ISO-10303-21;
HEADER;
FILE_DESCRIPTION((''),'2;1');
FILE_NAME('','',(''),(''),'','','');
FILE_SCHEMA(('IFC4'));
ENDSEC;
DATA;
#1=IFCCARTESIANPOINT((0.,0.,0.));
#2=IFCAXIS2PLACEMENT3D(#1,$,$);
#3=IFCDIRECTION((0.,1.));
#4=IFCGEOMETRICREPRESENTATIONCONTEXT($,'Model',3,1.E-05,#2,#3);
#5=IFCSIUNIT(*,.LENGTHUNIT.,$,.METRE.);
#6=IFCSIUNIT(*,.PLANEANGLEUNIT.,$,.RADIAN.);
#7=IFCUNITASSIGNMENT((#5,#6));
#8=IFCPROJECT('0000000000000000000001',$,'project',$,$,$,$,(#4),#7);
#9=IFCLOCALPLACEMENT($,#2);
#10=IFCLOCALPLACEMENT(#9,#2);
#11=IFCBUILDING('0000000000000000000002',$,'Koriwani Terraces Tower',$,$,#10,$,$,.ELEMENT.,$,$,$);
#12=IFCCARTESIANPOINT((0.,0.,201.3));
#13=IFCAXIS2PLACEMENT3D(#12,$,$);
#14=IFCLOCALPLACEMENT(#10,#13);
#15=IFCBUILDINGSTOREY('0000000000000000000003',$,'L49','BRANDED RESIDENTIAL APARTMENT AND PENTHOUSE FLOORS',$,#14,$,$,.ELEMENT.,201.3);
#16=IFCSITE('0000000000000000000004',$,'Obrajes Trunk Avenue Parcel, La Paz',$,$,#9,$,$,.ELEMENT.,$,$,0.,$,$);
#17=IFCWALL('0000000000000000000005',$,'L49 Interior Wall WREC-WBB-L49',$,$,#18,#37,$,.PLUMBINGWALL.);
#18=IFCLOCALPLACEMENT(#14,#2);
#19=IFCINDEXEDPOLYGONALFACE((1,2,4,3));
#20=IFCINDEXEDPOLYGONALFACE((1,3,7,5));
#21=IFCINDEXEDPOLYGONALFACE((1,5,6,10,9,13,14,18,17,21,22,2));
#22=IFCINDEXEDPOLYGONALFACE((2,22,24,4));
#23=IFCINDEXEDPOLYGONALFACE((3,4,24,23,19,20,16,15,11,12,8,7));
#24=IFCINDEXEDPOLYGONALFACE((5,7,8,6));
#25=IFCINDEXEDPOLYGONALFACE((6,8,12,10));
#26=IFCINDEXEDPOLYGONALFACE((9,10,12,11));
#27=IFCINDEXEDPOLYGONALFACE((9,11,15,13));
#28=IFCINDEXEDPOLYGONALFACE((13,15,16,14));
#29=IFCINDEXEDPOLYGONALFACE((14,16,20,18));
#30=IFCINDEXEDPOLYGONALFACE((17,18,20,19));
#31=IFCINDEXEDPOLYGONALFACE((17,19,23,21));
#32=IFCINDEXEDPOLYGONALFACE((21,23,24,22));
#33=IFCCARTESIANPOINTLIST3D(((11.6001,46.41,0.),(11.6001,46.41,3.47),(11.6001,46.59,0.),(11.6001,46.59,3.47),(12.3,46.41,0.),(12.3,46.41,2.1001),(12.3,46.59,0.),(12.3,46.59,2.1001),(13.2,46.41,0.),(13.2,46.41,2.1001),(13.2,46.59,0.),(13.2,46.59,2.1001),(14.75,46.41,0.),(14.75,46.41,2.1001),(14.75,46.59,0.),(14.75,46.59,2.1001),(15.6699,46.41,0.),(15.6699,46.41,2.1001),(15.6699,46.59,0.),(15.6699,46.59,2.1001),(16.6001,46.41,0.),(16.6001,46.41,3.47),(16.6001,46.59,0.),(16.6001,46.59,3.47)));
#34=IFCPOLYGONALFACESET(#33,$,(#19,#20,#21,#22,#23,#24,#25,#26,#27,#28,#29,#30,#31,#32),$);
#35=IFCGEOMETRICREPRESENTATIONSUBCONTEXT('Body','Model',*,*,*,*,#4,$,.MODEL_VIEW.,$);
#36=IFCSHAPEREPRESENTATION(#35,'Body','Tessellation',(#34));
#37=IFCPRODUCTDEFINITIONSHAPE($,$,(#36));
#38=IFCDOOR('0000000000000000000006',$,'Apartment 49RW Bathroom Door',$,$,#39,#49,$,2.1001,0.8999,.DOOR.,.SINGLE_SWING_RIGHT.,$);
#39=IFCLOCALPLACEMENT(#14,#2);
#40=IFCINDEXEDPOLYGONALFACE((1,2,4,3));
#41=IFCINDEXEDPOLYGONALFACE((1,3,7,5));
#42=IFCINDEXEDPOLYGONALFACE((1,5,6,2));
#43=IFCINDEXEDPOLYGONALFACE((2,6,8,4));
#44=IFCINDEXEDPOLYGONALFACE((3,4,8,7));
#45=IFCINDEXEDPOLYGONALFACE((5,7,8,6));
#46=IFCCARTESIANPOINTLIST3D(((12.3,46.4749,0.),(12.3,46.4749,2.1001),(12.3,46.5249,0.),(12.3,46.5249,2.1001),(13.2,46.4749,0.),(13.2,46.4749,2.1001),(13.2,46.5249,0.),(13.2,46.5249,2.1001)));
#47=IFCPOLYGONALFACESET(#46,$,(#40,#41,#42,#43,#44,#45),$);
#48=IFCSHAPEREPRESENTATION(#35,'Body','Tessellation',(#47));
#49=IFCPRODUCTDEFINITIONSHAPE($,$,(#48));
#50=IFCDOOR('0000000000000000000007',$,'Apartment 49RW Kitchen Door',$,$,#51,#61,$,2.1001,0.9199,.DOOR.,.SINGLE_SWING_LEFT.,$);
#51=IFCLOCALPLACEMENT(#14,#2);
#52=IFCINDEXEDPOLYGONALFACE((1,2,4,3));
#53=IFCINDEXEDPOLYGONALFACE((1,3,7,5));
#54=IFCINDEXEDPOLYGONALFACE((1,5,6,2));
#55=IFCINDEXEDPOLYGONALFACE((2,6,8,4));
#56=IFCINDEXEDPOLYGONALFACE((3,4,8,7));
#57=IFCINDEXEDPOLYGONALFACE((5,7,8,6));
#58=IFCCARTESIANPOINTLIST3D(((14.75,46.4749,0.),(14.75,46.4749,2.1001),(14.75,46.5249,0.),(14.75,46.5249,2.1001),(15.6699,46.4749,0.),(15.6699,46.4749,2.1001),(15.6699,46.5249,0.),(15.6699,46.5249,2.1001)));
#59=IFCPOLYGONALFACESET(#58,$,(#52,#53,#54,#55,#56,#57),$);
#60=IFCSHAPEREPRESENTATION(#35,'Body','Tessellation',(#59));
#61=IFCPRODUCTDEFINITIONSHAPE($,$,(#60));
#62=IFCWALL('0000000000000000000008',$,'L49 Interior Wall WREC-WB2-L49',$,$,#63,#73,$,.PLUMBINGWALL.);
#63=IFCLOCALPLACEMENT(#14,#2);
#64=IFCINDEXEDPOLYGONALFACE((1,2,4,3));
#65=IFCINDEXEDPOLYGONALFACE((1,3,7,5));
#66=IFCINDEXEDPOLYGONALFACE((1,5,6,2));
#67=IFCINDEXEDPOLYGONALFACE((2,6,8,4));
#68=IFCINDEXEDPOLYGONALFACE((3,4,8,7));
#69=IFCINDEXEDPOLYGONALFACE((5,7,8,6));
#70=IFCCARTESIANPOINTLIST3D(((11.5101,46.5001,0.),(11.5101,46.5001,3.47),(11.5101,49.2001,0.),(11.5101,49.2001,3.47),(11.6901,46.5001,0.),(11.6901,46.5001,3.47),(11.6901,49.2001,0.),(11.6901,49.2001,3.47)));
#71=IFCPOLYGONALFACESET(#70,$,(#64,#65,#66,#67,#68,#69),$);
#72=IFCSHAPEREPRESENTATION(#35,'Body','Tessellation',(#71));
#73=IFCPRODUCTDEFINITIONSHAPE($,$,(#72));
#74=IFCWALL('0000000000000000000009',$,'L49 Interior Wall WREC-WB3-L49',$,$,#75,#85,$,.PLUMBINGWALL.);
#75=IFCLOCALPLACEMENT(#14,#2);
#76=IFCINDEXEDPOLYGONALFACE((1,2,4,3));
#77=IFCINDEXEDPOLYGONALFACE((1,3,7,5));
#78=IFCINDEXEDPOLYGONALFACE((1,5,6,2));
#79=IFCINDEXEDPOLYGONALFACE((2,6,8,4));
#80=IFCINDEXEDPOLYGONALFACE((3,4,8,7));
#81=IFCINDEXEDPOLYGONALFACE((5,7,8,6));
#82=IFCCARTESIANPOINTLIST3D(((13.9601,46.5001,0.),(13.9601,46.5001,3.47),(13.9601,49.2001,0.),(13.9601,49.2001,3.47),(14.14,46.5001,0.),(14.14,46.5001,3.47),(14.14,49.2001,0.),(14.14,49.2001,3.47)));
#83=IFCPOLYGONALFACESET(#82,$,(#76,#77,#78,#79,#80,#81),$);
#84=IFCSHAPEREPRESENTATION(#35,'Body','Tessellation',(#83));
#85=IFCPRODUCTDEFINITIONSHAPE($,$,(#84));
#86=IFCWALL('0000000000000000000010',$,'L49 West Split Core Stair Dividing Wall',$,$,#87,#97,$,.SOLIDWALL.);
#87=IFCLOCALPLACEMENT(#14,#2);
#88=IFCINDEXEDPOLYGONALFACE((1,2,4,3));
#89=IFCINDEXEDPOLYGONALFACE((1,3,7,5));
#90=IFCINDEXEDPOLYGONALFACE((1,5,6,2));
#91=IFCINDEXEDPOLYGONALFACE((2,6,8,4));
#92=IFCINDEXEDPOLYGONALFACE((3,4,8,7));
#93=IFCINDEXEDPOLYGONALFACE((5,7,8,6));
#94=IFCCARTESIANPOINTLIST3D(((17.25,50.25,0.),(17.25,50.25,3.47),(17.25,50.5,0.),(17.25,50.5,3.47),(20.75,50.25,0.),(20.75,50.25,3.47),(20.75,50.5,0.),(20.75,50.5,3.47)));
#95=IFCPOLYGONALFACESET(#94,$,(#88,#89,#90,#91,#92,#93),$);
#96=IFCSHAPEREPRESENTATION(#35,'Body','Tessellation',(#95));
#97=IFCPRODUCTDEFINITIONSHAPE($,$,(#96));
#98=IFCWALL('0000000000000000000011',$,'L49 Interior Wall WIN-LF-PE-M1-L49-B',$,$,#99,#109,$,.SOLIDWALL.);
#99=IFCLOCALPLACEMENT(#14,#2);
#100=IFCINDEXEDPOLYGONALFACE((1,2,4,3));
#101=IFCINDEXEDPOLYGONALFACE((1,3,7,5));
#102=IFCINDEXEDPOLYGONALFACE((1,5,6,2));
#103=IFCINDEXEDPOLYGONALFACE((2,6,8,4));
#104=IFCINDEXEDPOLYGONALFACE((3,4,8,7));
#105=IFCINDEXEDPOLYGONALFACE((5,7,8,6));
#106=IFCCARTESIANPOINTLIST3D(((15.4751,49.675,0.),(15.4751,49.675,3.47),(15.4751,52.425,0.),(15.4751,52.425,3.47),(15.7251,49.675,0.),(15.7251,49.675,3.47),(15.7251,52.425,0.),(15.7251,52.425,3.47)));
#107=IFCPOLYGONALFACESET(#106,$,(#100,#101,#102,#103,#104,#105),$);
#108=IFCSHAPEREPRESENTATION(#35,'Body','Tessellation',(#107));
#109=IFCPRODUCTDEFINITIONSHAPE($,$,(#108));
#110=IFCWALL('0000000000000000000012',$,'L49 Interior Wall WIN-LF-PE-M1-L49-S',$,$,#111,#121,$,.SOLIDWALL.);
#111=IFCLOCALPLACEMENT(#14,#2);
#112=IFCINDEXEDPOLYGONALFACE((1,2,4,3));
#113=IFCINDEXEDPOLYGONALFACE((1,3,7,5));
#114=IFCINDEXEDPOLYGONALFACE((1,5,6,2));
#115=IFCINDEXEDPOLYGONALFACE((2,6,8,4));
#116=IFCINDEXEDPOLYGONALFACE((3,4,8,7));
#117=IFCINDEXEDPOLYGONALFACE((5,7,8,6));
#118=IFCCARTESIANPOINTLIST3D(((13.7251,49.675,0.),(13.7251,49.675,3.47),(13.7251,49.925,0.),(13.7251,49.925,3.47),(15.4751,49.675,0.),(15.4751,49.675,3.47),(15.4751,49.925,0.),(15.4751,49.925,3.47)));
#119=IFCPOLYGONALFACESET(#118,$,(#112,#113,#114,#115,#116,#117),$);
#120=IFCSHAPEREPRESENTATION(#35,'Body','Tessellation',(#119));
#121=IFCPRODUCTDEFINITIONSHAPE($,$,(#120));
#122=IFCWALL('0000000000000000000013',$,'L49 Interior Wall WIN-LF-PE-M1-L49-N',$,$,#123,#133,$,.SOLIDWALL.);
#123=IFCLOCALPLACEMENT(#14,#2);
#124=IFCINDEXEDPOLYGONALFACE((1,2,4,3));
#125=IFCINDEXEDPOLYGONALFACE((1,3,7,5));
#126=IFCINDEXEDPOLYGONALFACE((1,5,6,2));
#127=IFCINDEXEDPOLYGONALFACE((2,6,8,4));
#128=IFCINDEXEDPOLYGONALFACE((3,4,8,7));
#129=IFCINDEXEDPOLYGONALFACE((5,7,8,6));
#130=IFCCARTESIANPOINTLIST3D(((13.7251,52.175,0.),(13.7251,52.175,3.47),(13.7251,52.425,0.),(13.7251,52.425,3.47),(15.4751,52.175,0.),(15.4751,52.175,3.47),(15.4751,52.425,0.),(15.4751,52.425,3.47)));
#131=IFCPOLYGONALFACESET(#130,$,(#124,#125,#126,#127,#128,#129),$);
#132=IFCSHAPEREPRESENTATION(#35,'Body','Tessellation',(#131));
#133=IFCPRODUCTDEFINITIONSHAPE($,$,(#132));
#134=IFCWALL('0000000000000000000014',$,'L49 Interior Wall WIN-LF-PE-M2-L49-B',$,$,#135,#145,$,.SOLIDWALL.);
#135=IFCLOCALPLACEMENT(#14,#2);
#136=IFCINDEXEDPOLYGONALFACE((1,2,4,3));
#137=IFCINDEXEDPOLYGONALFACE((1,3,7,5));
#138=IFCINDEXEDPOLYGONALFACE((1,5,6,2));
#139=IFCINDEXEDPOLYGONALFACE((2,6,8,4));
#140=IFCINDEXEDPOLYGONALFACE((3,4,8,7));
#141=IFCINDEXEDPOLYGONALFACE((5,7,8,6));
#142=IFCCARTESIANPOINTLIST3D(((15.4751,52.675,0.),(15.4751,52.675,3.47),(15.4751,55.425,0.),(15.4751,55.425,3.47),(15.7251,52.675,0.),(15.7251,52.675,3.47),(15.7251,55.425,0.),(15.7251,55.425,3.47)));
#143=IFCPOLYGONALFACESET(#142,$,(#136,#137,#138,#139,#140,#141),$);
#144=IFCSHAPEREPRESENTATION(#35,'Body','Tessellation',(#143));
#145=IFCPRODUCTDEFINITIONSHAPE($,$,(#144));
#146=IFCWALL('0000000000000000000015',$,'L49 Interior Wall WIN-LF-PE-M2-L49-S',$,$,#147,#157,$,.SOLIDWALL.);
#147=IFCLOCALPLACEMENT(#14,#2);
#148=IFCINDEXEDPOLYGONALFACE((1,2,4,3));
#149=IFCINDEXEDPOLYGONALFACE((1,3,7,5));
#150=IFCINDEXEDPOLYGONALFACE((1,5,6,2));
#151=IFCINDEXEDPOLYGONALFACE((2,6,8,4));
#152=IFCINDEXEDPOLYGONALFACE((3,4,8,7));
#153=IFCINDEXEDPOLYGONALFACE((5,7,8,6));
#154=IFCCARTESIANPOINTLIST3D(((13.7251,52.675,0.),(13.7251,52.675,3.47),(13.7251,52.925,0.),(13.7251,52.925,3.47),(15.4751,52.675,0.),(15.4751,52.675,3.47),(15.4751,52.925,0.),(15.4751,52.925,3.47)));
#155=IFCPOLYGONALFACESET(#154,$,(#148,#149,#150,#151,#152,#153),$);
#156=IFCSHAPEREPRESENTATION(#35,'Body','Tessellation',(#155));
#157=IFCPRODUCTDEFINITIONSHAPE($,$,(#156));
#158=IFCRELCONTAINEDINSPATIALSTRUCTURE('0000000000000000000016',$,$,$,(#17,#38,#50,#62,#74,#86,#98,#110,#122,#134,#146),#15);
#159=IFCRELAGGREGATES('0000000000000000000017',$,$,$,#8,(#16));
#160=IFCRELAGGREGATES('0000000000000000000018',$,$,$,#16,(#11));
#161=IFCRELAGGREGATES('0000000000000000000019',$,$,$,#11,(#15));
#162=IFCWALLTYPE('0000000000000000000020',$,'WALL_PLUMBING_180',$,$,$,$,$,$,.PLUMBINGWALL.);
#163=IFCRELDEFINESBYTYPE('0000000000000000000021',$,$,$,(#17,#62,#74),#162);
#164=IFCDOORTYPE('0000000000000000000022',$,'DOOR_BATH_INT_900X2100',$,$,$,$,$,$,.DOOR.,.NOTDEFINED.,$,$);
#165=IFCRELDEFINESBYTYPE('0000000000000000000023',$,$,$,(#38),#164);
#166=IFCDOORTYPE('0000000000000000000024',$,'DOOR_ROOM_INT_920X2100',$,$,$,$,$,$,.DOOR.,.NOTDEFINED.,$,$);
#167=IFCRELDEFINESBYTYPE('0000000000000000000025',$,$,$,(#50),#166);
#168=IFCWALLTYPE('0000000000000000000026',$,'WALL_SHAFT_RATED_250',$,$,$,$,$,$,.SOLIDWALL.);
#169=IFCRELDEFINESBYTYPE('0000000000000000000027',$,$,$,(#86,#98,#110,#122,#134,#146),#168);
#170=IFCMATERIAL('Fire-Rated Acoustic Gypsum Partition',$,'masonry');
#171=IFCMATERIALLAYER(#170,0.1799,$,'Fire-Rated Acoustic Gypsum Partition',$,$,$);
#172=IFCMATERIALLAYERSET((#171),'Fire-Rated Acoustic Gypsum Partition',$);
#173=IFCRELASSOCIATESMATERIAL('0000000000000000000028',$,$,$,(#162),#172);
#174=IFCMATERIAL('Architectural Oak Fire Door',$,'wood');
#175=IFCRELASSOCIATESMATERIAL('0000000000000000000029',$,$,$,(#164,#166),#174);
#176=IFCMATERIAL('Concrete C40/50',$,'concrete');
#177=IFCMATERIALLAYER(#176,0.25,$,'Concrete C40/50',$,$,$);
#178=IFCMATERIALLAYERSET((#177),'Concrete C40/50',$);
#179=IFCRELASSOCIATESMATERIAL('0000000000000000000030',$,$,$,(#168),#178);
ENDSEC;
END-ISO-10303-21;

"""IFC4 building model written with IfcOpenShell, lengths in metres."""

from ifc_helpers import new_model, si_unit, direction, frame, frame_2d, origin, place, context, subcontext, project, spatial, rectangle, extrude, material, layer, layer_set, type_object, element, fill, save


model = new_model("IFC4")

# Units and contexts
model_context = context("Model", 3, precision=1e-05, world=origin(), true_north=direction((0.0, 1.0)))
body_context = subcontext(model_context, "Body", "Model", "MODEL_VIEW")
ifc_project = project(units=[si_unit("LENGTHUNIT", "METRE"), si_unit("PLANEANGLEUNIT", "RADIAN")], contexts=[model_context])

# Site, building, storey
site_placement = place(None, origin())
site = spatial("IfcSite", under=ifc_project, at=site_placement, Name="Obrajes Trunk Avenue Parcel, La Paz", CompositionType="ELEMENT", RefElevation=0.0)
building_placement = place(site_placement, origin())
building = spatial("IfcBuilding", under=site, at=building_placement, Name="Koriwani Terraces Tower", CompositionType="ELEMENT")
storey_placement = place(building_placement, frame((0.0, 0.0, 201.3)))
storey = spatial("IfcBuildingStorey", under=building, at=storey_placement, Name="L49", Description="BRANDED RESIDENTIAL APARTMENT AND PENTHOUSE FLOORS", CompositionType="ELEMENT", Elevation=201.3)

# Shared definitions
ifc_material_1 = material(Name="Concrete C40/50", Category="concrete")

# Wall, openings, doors
ifc_material_2 = material(Name="Fire-Rated Acoustic Gypsum Partition", Category="masonry")
ifc_layer_1 = layer(ifc_material_2, 0.1799, Name="Fire-Rated Acoustic Gypsum Partition")
ifc_layer_set_1 = layer_set([ifc_layer_1], Name="Fire-Rated Acoustic Gypsum Partition")
wall_type_1 = type_object("IfcWallType", Name="WALL_PLUMBING_180", PredefinedType="PLUMBINGWALL", material=ifc_layer_set_1)
wall_1_placement = place(storey_placement, frame((11.6001, 46.5, 0.0), z_axis=(0.0, 0.0, 1.0), x_axis=(1.0, 0.0, 0.0)))
wall_1 = element("IfcWall", 1, at=wall_1_placement, inside=storey, type_object=wall_type_1, Name="L49 Interior Wall WREC-WBB-L49", PredefinedType="PLUMBINGWALL", context=body_context, shape_type="SweptSolid", body=[
    extrude(rectangle(XDim=5.0, YDim=0.1799, at=frame_2d((2.5, 0.0))), origin(), (0.0, 0.0, 1.0), 3.47),
])
opening_1_placement = place(wall_1_placement, frame((0.7, 0.0, 0.0)))
opening_1 = element("IfcOpeningElement", 2, at=opening_1_placement, cuts=wall_1, PredefinedType="OPENING", context=body_context, shape_type="SweptSolid", body=[
    extrude(rectangle(XDim=0.8999, YDim=2.1001, at=frame_2d((0.45, 1.05))), frame((0.0, 0.1001, 0.0), z_axis=(0.0, -1.0, 0.0), x_axis=(1.0, 0.0, 0.0)), (0.0, 0.0, 1.0), 0.2),
])
opening_2_placement = place(wall_1_placement, frame((3.1499, 0.0, 0.0)))
opening_2 = element("IfcOpeningElement", 3, at=opening_2_placement, cuts=wall_1, PredefinedType="OPENING", context=body_context, shape_type="SweptSolid", body=[
    extrude(rectangle(XDim=0.9199, YDim=2.1001, at=frame_2d((0.46, 1.05))), frame((0.0, 0.1001, 0.0), z_axis=(0.0, -1.0, 0.0), x_axis=(1.0, 0.0, 0.0)), (0.0, 0.0, 1.0), 0.2),
])
ifc_material_3 = material(Name="Architectural Oak Fire Door", Category="wood")
door_type_1 = type_object("IfcDoorType", Name="DOOR_BATH_INT_900X2100", OperationType="NOTDEFINED", PredefinedType="DOOR", material=ifc_material_3)
door_1_placement = place(opening_1_placement, origin())
door_1 = element("IfcDoor", 4, at=door_1_placement, inside=storey, type_object=door_type_1, Name="Apartment 49RW Bathroom Door", OperationType="SINGLE_SWING_RIGHT", OverallHeight=2.1001, OverallWidth=0.8999, PredefinedType="DOOR", context=body_context, shape_type="SweptSolid", body=[
    extrude(rectangle(XDim=0.8999, YDim=2.1001, at=frame_2d((0.45, 1.05))), frame((0.0, 0.0249, 0.0), z_axis=(0.0, -1.0, 0.0), x_axis=(1.0, 0.0, 0.0)), (0.0, 0.0, 1.0), 0.05),
])
fill(opening_1, door_1)
door_type_2 = type_object("IfcDoorType", Name="DOOR_ROOM_INT_920X2100", OperationType="NOTDEFINED", PredefinedType="DOOR", material=ifc_material_3)
door_2_placement = place(opening_2_placement, origin())
door_2 = element("IfcDoor", 5, at=door_2_placement, inside=storey, type_object=door_type_2, Name="Apartment 49RW Kitchen Door", OperationType="SINGLE_SWING_LEFT", OverallHeight=2.1001, OverallWidth=0.9199, PredefinedType="DOOR", context=body_context, shape_type="SweptSolid", body=[
    extrude(rectangle(XDim=0.9199, YDim=2.1001, at=frame_2d((0.46, 1.05))), frame((0.0, 0.0249, 0.0), z_axis=(0.0, -1.0, 0.0), x_axis=(1.0, 0.0, 0.0)), (0.0, 0.0, 1.0), 0.05),
])
fill(opening_2, door_2)

# Walls
for number, where, z_axis, x_axis, name in (
    (6, (11.6001, 46.5, 0.0), (0.0, 0.0, 1.0), (0.0, 1.0, 0.0), "L49 Interior Wall WREC-WB2-L49"),
    (7, (14.05, 46.5, 0.0), (0.0, 0.0, 1.0), (0.0, 1.0, 0.0), "L49 Interior Wall WREC-WB3-L49"),
):
    element("IfcWall", number, at=place(storey_placement, frame(where, z_axis=z_axis, x_axis=x_axis)), inside=storey, type_object=wall_type_1, Name=name, PredefinedType="PLUMBINGWALL", context=body_context, shape_type="SweptSolid", body=[
        extrude(rectangle(XDim=2.7, YDim=0.1799, at=frame_2d((1.3501, 0.0))), origin(), (0.0, 0.0, 1.0), 3.47),
    ])
ifc_layer_2 = layer(ifc_material_1, 0.25, Name="Concrete C40/50")
ifc_layer_set_2 = layer_set([ifc_layer_2], Name="Concrete C40/50")
wall_type_2 = type_object("IfcWallType", Name="WALL_SHAFT_RATED_250", PredefinedType="SOLIDWALL", material=ifc_layer_set_2)
wall_2_placement = place(storey_placement, frame((17.25, 50.375, 0.0), z_axis=(0.0, 0.0, 1.0), x_axis=(1.0, 0.0, 0.0)))
element("IfcWall", 8, at=wall_2_placement, inside=storey, type_object=wall_type_2, Name="L49 West Split Core Stair Dividing Wall", PredefinedType="SOLIDWALL", context=body_context, shape_type="SweptSolid", body=[
    extrude(rectangle(XDim=3.5, YDim=0.25, at=frame_2d((1.75, 0.0))), origin(), (0.0, 0.0, 1.0), 3.47),
])

# Walls
wall_3_placement = place(storey_placement, frame((15.6001, 49.675, 0.0), z_axis=(0.0, 0.0, 1.0), x_axis=(0.0, 1.0, 0.0)))
element("IfcWall", 9, at=wall_3_placement, inside=storey, type_object=wall_type_2, Name="L49 Interior Wall WIN-LF-PE-M1-L49-B", PredefinedType="SOLIDWALL", context=body_context, shape_type="SweptSolid", body=[
    extrude(rectangle(XDim=2.75, YDim=0.25, at=frame_2d((1.375, 0.0))), origin(), (0.0, 0.0, 1.0), 3.47),
])
for number, where, z_axis, x_axis, name in (
    (10, (13.7251, 49.8, 0.0), (0.0, 0.0, 1.0), (1.0, 0.0, 0.0), "L49 Interior Wall WIN-LF-PE-M1-L49-S"),
    (11, (13.7251, 52.3, 0.0), (0.0, 0.0, 1.0), (1.0, 0.0, 0.0), "L49 Interior Wall WIN-LF-PE-M1-L49-N"),
):
    element("IfcWall", number, at=place(storey_placement, frame(where, z_axis=z_axis, x_axis=x_axis)), inside=storey, type_object=wall_type_2, Name=name, PredefinedType="SOLIDWALL", context=body_context, shape_type="SweptSolid", body=[
        extrude(rectangle(XDim=1.75, YDim=0.25, at=frame_2d((0.875, 0.0))), origin(), (0.0, 0.0, 1.0), 3.47),
    ])

# Walls
wall_4_placement = place(storey_placement, frame((15.6001, 52.675, 0.0), z_axis=(0.0, 0.0, 1.0), x_axis=(0.0, 1.0, 0.0)))
element("IfcWall", 12, at=wall_4_placement, inside=storey, type_object=wall_type_2, Name="L49 Interior Wall WIN-LF-PE-M2-L49-B", PredefinedType="SOLIDWALL", context=body_context, shape_type="SweptSolid", body=[
    extrude(rectangle(XDim=2.75, YDim=0.25, at=frame_2d((1.375, 0.0))), origin(), (0.0, 0.0, 1.0), 3.47),
])
wall_5_placement = place(storey_placement, frame((13.7251, 52.8, 0.0), z_axis=(0.0, 0.0, 1.0), x_axis=(1.0, 0.0, 0.0)))
element("IfcWall", 13, at=wall_5_placement, inside=storey, type_object=wall_type_2, Name="L49 Interior Wall WIN-LF-PE-M2-L49-S", PredefinedType="SOLIDWALL", context=body_context, shape_type="SweptSolid", body=[
    extrude(rectangle(XDim=1.75, YDim=0.25, at=frame_2d((0.875, 0.0))), origin(), (0.0, 0.0, 1.0), 3.47),
])

save(model, "model.ifc")
